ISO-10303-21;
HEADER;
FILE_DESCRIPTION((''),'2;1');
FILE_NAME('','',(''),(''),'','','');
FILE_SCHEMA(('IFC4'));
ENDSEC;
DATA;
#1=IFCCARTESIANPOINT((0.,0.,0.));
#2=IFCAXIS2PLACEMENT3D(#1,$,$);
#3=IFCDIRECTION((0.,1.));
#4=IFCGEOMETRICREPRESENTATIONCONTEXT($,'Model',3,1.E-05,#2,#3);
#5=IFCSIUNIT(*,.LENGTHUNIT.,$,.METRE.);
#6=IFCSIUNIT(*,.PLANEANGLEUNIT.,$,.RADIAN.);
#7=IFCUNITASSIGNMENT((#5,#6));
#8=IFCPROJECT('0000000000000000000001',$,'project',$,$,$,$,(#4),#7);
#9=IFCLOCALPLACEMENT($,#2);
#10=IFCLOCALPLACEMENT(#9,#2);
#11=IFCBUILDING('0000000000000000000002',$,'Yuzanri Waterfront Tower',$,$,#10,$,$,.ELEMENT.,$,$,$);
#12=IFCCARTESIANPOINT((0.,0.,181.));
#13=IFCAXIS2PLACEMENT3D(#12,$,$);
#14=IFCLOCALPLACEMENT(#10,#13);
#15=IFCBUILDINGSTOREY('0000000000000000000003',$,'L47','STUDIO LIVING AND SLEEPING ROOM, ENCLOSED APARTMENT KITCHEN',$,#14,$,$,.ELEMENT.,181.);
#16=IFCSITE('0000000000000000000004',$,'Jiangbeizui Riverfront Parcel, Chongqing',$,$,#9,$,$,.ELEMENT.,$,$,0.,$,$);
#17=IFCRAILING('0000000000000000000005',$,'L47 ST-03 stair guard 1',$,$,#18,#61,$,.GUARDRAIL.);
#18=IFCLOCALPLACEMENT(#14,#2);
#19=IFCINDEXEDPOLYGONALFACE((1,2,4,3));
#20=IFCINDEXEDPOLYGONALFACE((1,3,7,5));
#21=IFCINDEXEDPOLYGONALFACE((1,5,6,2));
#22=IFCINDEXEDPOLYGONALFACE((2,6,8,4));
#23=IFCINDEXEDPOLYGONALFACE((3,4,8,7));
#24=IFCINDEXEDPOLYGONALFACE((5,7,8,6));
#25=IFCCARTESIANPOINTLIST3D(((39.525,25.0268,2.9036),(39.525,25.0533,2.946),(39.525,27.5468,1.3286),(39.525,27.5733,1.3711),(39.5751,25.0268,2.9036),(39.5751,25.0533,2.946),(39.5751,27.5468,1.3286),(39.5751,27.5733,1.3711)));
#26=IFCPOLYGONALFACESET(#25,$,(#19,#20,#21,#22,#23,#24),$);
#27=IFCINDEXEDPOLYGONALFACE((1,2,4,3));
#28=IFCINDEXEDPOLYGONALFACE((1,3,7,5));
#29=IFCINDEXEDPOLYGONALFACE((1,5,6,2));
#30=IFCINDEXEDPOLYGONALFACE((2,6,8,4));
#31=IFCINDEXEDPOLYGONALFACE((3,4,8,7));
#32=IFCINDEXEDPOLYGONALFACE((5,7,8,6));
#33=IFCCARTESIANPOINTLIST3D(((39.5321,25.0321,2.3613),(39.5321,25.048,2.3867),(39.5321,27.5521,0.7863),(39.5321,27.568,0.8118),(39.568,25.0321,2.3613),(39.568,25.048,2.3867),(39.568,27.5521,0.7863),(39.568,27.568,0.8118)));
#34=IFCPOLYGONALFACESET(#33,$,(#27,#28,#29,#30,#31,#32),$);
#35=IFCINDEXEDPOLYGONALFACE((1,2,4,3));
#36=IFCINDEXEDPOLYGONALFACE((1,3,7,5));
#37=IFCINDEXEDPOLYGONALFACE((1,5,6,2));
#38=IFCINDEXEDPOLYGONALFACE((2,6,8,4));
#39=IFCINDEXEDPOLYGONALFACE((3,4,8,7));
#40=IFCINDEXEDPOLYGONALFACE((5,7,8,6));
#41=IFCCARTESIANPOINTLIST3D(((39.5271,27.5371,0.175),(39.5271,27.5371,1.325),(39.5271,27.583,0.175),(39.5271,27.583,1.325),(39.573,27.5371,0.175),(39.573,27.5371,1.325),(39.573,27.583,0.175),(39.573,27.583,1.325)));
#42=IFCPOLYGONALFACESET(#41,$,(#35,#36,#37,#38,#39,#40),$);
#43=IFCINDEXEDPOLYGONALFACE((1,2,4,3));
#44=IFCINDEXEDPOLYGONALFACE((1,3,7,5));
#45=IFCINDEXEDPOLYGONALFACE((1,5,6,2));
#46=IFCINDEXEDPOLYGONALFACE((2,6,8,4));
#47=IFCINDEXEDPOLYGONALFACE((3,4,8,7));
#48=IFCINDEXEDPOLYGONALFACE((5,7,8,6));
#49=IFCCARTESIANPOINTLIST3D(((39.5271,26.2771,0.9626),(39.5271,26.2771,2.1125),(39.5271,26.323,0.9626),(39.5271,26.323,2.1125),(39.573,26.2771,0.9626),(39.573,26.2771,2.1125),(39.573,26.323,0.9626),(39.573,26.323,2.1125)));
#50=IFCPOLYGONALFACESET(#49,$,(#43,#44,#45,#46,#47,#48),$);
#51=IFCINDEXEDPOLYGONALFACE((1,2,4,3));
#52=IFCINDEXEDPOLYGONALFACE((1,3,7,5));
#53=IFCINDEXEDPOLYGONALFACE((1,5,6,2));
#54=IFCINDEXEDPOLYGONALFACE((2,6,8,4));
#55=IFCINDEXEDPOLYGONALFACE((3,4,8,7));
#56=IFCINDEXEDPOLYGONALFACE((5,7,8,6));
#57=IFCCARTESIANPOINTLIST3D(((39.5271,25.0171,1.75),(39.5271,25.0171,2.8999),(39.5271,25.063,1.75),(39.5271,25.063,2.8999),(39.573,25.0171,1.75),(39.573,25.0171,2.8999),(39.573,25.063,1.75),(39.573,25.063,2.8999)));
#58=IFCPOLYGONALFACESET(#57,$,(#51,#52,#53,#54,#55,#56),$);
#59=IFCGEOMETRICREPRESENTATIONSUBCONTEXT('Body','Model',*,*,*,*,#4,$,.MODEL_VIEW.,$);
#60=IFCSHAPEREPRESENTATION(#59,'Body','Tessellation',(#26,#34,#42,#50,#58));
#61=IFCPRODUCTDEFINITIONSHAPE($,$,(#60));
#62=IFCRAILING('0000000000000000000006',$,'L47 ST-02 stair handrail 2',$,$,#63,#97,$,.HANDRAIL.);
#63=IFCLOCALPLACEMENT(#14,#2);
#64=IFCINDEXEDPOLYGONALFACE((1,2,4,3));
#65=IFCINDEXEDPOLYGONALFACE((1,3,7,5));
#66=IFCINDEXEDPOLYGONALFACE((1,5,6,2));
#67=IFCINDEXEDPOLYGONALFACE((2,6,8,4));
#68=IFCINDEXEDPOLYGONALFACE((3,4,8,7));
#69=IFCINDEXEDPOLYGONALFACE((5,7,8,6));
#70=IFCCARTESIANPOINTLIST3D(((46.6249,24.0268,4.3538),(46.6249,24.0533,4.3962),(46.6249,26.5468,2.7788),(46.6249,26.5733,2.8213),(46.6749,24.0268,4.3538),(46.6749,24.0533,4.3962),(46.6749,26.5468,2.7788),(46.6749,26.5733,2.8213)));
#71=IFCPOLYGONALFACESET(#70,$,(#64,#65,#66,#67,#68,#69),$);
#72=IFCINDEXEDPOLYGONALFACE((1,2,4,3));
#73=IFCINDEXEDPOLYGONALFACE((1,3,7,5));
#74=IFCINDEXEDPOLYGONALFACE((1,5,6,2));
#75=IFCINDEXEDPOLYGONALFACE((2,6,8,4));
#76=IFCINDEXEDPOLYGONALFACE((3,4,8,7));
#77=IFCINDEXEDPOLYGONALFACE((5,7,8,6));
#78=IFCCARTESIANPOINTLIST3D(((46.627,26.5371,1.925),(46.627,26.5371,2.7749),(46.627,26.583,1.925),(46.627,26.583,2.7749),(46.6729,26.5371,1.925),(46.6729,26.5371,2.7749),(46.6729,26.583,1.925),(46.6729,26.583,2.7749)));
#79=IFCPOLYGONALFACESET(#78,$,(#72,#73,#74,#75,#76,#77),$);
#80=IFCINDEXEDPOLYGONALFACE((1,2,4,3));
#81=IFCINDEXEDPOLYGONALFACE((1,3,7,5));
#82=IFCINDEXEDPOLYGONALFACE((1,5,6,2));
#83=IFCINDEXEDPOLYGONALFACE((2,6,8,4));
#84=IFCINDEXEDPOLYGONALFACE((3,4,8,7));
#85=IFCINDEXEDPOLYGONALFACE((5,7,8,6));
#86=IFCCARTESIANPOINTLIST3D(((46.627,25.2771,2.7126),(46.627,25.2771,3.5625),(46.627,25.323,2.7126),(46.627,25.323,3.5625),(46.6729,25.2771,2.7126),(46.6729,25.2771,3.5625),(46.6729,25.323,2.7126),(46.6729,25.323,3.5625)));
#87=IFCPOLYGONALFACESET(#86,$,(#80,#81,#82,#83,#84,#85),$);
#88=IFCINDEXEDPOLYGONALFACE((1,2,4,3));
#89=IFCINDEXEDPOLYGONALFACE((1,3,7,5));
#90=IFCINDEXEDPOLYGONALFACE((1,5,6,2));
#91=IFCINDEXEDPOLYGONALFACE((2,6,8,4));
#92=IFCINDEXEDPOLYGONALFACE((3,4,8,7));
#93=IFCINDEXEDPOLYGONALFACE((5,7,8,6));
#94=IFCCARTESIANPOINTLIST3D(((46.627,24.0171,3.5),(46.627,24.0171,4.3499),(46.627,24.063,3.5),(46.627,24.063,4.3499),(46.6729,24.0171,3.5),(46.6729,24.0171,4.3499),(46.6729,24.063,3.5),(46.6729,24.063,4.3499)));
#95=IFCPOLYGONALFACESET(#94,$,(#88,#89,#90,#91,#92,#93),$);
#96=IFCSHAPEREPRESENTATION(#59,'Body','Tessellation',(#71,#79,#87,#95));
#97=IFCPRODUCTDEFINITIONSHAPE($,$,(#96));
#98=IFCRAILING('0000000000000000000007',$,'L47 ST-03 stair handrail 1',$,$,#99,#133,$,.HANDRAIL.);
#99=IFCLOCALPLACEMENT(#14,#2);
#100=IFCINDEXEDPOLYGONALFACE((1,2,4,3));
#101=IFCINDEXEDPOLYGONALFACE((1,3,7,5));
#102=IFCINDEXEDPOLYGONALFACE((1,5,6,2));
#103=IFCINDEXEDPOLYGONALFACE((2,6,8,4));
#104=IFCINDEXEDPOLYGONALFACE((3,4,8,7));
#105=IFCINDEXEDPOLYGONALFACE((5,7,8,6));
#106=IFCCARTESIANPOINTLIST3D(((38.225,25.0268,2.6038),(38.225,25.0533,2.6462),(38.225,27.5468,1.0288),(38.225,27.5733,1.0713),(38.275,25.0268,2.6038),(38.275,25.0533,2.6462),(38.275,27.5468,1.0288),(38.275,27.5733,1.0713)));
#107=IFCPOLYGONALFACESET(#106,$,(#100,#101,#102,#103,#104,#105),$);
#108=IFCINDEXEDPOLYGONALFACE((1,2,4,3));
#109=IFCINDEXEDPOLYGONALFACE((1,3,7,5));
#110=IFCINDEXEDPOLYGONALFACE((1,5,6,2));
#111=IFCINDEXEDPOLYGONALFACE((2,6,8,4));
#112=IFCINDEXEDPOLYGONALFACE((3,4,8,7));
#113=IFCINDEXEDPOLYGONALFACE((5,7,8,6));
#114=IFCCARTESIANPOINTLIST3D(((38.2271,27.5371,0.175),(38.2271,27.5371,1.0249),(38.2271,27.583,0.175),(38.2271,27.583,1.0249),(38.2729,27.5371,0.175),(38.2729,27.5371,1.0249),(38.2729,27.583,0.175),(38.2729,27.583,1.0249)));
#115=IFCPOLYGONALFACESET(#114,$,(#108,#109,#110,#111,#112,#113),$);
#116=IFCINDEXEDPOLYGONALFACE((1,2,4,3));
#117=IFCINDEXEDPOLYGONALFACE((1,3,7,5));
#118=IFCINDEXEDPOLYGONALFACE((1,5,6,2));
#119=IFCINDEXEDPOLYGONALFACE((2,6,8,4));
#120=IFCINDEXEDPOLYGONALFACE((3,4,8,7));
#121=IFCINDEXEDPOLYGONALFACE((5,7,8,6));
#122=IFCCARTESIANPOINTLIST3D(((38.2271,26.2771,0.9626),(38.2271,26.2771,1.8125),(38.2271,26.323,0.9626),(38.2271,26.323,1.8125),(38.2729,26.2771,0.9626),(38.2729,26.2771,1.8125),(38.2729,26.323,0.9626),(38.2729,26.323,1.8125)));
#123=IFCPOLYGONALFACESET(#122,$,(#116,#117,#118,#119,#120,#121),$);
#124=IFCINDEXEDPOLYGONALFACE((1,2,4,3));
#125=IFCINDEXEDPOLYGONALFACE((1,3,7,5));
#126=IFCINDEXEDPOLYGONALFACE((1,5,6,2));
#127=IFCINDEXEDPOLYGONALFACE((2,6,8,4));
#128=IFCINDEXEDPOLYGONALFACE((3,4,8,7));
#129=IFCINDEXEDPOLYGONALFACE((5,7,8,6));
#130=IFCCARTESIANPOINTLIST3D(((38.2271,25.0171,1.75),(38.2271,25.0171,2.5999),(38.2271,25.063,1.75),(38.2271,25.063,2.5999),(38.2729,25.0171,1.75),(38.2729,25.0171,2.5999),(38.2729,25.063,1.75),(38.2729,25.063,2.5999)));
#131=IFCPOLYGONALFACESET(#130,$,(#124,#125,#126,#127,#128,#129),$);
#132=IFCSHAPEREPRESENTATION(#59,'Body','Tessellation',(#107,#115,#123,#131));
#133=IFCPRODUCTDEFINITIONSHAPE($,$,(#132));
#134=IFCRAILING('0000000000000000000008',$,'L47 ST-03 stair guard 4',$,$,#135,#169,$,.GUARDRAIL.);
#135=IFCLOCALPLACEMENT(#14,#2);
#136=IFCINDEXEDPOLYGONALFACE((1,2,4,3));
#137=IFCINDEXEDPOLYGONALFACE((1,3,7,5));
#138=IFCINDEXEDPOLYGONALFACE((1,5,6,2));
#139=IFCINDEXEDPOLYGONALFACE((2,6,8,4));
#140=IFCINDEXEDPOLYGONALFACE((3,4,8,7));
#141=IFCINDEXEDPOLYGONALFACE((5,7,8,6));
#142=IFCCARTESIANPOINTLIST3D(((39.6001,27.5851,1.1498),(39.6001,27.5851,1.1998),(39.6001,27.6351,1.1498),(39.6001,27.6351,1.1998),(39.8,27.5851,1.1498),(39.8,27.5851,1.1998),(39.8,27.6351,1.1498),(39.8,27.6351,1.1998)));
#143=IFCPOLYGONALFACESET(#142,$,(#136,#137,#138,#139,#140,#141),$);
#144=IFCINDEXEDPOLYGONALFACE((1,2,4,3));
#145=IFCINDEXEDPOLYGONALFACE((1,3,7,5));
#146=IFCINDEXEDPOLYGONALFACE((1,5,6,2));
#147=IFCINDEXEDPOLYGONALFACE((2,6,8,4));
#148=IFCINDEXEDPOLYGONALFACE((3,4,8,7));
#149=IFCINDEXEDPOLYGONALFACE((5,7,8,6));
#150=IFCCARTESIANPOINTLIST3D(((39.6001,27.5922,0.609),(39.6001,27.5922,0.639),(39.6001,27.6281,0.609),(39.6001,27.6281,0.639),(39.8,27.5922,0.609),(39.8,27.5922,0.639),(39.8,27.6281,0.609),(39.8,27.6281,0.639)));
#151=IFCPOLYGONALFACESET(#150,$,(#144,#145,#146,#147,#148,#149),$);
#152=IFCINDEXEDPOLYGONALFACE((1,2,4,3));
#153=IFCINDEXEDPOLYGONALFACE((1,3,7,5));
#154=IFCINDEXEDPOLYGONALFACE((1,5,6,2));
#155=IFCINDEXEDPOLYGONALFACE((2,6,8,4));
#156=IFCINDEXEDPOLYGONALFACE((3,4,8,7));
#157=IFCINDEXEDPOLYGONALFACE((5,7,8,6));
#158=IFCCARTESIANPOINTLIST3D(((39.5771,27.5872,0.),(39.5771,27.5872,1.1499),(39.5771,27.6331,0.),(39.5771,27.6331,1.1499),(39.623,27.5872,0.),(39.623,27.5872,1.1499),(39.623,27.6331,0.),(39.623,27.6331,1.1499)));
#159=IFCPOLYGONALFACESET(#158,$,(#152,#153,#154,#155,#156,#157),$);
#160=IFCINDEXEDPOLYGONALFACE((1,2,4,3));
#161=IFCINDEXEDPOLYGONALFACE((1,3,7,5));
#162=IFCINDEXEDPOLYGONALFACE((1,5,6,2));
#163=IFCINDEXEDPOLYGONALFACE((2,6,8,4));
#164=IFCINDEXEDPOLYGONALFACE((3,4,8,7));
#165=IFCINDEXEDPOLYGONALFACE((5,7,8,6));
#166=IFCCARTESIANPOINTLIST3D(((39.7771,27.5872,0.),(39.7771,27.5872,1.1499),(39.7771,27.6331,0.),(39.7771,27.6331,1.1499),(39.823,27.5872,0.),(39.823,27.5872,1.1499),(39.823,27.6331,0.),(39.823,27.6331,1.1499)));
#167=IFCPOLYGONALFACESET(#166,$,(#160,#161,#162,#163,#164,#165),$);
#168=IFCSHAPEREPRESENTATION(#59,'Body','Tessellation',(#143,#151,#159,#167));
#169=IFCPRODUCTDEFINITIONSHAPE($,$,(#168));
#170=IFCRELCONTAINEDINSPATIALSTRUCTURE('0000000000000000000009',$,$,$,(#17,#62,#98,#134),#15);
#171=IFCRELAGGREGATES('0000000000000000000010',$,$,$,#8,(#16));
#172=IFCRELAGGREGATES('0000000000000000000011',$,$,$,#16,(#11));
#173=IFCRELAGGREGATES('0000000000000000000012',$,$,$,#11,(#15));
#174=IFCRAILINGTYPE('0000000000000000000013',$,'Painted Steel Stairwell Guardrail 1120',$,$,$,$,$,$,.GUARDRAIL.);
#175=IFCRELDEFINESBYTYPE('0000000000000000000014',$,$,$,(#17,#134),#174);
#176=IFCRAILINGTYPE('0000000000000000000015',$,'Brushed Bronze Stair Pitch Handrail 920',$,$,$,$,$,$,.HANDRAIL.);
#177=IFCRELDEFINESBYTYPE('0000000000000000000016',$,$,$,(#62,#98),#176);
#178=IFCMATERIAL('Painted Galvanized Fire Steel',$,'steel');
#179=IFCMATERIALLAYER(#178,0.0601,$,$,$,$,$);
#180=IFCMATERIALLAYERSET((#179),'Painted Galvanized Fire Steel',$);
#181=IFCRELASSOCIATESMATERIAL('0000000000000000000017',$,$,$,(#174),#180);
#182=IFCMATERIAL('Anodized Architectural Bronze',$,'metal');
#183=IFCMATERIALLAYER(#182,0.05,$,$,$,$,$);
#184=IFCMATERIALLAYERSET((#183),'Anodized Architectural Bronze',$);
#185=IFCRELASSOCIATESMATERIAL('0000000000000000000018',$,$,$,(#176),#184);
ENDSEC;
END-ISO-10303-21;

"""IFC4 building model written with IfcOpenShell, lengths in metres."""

from ifc_helpers import new_model, si_unit, direction, frame, origin, origin_2d, place, context, subcontext, project, spatial, rectangle, extrude, source, transform, mapped, material, layer, layer_set, type_object, element, save


model = new_model("IFC4")

# Units and contexts
model_context = context("Model", 3, precision=1e-05, world=origin(), true_north=direction((0.0, 1.0)))
body_context = subcontext(model_context, "Body", "Model", "MODEL_VIEW")
ifc_project = project(units=[si_unit("LENGTHUNIT", "METRE"), si_unit("PLANEANGLEUNIT", "RADIAN")], contexts=[model_context])

# Site, building, storey
site_placement = place(None, origin())
site = spatial("IfcSite", under=ifc_project, at=site_placement, Name="Jiangbeizui Riverfront Parcel, Chongqing", CompositionType="ELEMENT", RefElevation=0.0)
building_placement = place(site_placement, origin())
building = spatial("IfcBuilding", under=site, at=building_placement, Name="Yuzanri Waterfront Tower", CompositionType="ELEMENT")
storey_placement = place(building_placement, frame((0.0, 0.0, 181.0)))
storey = spatial("IfcBuildingStorey", under=building, at=storey_placement, Name="L47", Description="STUDIO LIVING AND SLEEPING ROOM, ENCLOSED APARTMENT KITCHEN", CompositionType="ELEMENT", Elevation=181.0)

# Railings
ifc_material_1 = material(Name="Painted Galvanized Fire Steel", Category="steel")
ifc_layer_1 = layer(ifc_material_1, 0.0601)
ifc_layer_set_1 = layer_set([ifc_layer_1], Name="Painted Galvanized Fire Steel")
railing_type_1 = type_object("IfcRailingType", Name="Painted Steel Stairwell Guardrail 1120", PredefinedType="GUARDRAIL", material=ifc_layer_set_1)
shared_shape_1 = source(origin(), body_context, "Body", "SweptSolid", [
    extrude(rectangle(XDim=0.05, YDim=0.05, at=origin_2d()), frame((0.0, 0.0, 1.1748), z_axis=(0.0, -0.848008, 0.529984), x_axis=(1.0, 0.0, 0.0)), (0.0, 0.0, 1.0), 2.9717),
    extrude(rectangle(XDim=0.0359, YDim=0.03, at=origin_2d()), frame((0.0, 0.0, 0.624), z_axis=(0.0, -0.848008, 0.529984), x_axis=(1.0, 0.0, 0.0)), (0.0, 0.0, 1.0), 2.9717),
    extrude(rectangle(XDim=0.0459, YDim=0.0459, at=origin_2d()), origin(), (0.0, 0.0, 1.0), 1.1499),
    extrude(rectangle(XDim=0.0459, YDim=0.0459, at=origin_2d()), frame((0.0, -1.26, 0.7876)), (0.0, 0.0, 1.0), 1.1499),
    extrude(rectangle(XDim=0.0459, YDim=0.0459, at=origin_2d()), frame((0.0, -2.52, 1.575)), (0.0, 0.0, 1.0), 1.1499),
])
for number, where, name in (
    (1, (39.55, 27.5601, 0.175), "L47 ST-03 stair guard 1"),
):
    element("IfcRailing", number, at=place(storey_placement, frame(where)), inside=storey, type_object=railing_type_1, Name=name, PredefinedType="GUARDRAIL", context=body_context, shape_type="MappedRepresentation", body=[
        mapped(shared_shape_1, transform((0.0, 0.0, 0.0), scale=1.0)),
    ])
ifc_material_2 = material(Name="Anodized Architectural Bronze", Category="metal")
ifc_layer_2 = layer(ifc_material_2, 0.05)
ifc_layer_set_2 = layer_set([ifc_layer_2], Name="Anodized Architectural Bronze")
railing_type_2 = type_object("IfcRailingType", Name="Brushed Bronze Stair Pitch Handrail 920", PredefinedType="HANDRAIL", material=ifc_layer_set_2)
shared_shape_2 = source(origin(), body_context, "Body", "SweptSolid", [
    extrude(rectangle(XDim=0.05, YDim=0.05, at=origin_2d()), frame((0.0, 0.0, 0.875), z_axis=(0.0, -0.848008, 0.529984), x_axis=(1.0, 0.0, 0.0)), (0.0, 0.0, 1.0), 2.9717),
    extrude(rectangle(XDim=0.0459, YDim=0.0459, at=origin_2d()), origin(), (0.0, 0.0, 1.0), 0.8499),
    extrude(rectangle(XDim=0.0459, YDim=0.0459, at=origin_2d()), frame((0.0, -1.26, 0.7876)), (0.0, 0.0, 1.0), 0.8499),
    extrude(rectangle(XDim=0.0459, YDim=0.0459, at=origin_2d()), frame((0.0, -2.52, 1.575)), (0.0, 0.0, 1.0), 0.8499),
])
for number, where, name in (
    (2, (46.6499, 26.5601, 1.925), "L47 ST-02 stair handrail 2"),
    (3, (38.25, 27.5601, 0.175), "L47 ST-03 stair handrail 1"),
):
    element("IfcRailing", number, at=place(storey_placement, frame(where)), inside=storey, type_object=railing_type_2, Name=name, PredefinedType="HANDRAIL", context=body_context, shape_type="MappedRepresentation", body=[
        mapped(shared_shape_2, transform((0.0, 0.0, 0.0), scale=1.0)),
    ])
shared_shape_3 = source(origin(), body_context, "Body", "SweptSolid", [
    extrude(rectangle(XDim=0.05, YDim=0.05, at=origin_2d()), frame((0.0, 0.0, 1.1748), z_axis=(1.0, 0.0, 0.0), x_axis=(0.0, 1.0, 0.0)), (0.0, 0.0, 1.0), 0.2),
    extrude(rectangle(XDim=0.0359, YDim=0.03, at=origin_2d()), frame((0.0, 0.0, 0.624), z_axis=(1.0, 0.0, 0.0), x_axis=(0.0, 1.0, 0.0)), (0.0, 0.0, 1.0), 0.2),
    extrude(rectangle(XDim=0.0459, YDim=0.0459, at=origin_2d()), origin(), (0.0, 0.0, 1.0), 1.1499),
    extrude(rectangle(XDim=0.0459, YDim=0.0459, at=origin_2d()), frame((0.2, 0.0, 0.0)), (0.0, 0.0, 1.0), 1.1499),
])
railing_1_placement = place(storey_placement, frame((39.6001, 27.6101, 0.0)))
element("IfcRailing", 4, at=railing_1_placement, inside=storey, type_object=railing_type_1, Name="L47 ST-03 stair guard 4", PredefinedType="GUARDRAIL", context=body_context, shape_type="MappedRepresentation", body=[
    mapped(shared_shape_3, transform((0.0, 0.0, 0.0), scale=1.0)),
])

save(model, "model.ifc")
